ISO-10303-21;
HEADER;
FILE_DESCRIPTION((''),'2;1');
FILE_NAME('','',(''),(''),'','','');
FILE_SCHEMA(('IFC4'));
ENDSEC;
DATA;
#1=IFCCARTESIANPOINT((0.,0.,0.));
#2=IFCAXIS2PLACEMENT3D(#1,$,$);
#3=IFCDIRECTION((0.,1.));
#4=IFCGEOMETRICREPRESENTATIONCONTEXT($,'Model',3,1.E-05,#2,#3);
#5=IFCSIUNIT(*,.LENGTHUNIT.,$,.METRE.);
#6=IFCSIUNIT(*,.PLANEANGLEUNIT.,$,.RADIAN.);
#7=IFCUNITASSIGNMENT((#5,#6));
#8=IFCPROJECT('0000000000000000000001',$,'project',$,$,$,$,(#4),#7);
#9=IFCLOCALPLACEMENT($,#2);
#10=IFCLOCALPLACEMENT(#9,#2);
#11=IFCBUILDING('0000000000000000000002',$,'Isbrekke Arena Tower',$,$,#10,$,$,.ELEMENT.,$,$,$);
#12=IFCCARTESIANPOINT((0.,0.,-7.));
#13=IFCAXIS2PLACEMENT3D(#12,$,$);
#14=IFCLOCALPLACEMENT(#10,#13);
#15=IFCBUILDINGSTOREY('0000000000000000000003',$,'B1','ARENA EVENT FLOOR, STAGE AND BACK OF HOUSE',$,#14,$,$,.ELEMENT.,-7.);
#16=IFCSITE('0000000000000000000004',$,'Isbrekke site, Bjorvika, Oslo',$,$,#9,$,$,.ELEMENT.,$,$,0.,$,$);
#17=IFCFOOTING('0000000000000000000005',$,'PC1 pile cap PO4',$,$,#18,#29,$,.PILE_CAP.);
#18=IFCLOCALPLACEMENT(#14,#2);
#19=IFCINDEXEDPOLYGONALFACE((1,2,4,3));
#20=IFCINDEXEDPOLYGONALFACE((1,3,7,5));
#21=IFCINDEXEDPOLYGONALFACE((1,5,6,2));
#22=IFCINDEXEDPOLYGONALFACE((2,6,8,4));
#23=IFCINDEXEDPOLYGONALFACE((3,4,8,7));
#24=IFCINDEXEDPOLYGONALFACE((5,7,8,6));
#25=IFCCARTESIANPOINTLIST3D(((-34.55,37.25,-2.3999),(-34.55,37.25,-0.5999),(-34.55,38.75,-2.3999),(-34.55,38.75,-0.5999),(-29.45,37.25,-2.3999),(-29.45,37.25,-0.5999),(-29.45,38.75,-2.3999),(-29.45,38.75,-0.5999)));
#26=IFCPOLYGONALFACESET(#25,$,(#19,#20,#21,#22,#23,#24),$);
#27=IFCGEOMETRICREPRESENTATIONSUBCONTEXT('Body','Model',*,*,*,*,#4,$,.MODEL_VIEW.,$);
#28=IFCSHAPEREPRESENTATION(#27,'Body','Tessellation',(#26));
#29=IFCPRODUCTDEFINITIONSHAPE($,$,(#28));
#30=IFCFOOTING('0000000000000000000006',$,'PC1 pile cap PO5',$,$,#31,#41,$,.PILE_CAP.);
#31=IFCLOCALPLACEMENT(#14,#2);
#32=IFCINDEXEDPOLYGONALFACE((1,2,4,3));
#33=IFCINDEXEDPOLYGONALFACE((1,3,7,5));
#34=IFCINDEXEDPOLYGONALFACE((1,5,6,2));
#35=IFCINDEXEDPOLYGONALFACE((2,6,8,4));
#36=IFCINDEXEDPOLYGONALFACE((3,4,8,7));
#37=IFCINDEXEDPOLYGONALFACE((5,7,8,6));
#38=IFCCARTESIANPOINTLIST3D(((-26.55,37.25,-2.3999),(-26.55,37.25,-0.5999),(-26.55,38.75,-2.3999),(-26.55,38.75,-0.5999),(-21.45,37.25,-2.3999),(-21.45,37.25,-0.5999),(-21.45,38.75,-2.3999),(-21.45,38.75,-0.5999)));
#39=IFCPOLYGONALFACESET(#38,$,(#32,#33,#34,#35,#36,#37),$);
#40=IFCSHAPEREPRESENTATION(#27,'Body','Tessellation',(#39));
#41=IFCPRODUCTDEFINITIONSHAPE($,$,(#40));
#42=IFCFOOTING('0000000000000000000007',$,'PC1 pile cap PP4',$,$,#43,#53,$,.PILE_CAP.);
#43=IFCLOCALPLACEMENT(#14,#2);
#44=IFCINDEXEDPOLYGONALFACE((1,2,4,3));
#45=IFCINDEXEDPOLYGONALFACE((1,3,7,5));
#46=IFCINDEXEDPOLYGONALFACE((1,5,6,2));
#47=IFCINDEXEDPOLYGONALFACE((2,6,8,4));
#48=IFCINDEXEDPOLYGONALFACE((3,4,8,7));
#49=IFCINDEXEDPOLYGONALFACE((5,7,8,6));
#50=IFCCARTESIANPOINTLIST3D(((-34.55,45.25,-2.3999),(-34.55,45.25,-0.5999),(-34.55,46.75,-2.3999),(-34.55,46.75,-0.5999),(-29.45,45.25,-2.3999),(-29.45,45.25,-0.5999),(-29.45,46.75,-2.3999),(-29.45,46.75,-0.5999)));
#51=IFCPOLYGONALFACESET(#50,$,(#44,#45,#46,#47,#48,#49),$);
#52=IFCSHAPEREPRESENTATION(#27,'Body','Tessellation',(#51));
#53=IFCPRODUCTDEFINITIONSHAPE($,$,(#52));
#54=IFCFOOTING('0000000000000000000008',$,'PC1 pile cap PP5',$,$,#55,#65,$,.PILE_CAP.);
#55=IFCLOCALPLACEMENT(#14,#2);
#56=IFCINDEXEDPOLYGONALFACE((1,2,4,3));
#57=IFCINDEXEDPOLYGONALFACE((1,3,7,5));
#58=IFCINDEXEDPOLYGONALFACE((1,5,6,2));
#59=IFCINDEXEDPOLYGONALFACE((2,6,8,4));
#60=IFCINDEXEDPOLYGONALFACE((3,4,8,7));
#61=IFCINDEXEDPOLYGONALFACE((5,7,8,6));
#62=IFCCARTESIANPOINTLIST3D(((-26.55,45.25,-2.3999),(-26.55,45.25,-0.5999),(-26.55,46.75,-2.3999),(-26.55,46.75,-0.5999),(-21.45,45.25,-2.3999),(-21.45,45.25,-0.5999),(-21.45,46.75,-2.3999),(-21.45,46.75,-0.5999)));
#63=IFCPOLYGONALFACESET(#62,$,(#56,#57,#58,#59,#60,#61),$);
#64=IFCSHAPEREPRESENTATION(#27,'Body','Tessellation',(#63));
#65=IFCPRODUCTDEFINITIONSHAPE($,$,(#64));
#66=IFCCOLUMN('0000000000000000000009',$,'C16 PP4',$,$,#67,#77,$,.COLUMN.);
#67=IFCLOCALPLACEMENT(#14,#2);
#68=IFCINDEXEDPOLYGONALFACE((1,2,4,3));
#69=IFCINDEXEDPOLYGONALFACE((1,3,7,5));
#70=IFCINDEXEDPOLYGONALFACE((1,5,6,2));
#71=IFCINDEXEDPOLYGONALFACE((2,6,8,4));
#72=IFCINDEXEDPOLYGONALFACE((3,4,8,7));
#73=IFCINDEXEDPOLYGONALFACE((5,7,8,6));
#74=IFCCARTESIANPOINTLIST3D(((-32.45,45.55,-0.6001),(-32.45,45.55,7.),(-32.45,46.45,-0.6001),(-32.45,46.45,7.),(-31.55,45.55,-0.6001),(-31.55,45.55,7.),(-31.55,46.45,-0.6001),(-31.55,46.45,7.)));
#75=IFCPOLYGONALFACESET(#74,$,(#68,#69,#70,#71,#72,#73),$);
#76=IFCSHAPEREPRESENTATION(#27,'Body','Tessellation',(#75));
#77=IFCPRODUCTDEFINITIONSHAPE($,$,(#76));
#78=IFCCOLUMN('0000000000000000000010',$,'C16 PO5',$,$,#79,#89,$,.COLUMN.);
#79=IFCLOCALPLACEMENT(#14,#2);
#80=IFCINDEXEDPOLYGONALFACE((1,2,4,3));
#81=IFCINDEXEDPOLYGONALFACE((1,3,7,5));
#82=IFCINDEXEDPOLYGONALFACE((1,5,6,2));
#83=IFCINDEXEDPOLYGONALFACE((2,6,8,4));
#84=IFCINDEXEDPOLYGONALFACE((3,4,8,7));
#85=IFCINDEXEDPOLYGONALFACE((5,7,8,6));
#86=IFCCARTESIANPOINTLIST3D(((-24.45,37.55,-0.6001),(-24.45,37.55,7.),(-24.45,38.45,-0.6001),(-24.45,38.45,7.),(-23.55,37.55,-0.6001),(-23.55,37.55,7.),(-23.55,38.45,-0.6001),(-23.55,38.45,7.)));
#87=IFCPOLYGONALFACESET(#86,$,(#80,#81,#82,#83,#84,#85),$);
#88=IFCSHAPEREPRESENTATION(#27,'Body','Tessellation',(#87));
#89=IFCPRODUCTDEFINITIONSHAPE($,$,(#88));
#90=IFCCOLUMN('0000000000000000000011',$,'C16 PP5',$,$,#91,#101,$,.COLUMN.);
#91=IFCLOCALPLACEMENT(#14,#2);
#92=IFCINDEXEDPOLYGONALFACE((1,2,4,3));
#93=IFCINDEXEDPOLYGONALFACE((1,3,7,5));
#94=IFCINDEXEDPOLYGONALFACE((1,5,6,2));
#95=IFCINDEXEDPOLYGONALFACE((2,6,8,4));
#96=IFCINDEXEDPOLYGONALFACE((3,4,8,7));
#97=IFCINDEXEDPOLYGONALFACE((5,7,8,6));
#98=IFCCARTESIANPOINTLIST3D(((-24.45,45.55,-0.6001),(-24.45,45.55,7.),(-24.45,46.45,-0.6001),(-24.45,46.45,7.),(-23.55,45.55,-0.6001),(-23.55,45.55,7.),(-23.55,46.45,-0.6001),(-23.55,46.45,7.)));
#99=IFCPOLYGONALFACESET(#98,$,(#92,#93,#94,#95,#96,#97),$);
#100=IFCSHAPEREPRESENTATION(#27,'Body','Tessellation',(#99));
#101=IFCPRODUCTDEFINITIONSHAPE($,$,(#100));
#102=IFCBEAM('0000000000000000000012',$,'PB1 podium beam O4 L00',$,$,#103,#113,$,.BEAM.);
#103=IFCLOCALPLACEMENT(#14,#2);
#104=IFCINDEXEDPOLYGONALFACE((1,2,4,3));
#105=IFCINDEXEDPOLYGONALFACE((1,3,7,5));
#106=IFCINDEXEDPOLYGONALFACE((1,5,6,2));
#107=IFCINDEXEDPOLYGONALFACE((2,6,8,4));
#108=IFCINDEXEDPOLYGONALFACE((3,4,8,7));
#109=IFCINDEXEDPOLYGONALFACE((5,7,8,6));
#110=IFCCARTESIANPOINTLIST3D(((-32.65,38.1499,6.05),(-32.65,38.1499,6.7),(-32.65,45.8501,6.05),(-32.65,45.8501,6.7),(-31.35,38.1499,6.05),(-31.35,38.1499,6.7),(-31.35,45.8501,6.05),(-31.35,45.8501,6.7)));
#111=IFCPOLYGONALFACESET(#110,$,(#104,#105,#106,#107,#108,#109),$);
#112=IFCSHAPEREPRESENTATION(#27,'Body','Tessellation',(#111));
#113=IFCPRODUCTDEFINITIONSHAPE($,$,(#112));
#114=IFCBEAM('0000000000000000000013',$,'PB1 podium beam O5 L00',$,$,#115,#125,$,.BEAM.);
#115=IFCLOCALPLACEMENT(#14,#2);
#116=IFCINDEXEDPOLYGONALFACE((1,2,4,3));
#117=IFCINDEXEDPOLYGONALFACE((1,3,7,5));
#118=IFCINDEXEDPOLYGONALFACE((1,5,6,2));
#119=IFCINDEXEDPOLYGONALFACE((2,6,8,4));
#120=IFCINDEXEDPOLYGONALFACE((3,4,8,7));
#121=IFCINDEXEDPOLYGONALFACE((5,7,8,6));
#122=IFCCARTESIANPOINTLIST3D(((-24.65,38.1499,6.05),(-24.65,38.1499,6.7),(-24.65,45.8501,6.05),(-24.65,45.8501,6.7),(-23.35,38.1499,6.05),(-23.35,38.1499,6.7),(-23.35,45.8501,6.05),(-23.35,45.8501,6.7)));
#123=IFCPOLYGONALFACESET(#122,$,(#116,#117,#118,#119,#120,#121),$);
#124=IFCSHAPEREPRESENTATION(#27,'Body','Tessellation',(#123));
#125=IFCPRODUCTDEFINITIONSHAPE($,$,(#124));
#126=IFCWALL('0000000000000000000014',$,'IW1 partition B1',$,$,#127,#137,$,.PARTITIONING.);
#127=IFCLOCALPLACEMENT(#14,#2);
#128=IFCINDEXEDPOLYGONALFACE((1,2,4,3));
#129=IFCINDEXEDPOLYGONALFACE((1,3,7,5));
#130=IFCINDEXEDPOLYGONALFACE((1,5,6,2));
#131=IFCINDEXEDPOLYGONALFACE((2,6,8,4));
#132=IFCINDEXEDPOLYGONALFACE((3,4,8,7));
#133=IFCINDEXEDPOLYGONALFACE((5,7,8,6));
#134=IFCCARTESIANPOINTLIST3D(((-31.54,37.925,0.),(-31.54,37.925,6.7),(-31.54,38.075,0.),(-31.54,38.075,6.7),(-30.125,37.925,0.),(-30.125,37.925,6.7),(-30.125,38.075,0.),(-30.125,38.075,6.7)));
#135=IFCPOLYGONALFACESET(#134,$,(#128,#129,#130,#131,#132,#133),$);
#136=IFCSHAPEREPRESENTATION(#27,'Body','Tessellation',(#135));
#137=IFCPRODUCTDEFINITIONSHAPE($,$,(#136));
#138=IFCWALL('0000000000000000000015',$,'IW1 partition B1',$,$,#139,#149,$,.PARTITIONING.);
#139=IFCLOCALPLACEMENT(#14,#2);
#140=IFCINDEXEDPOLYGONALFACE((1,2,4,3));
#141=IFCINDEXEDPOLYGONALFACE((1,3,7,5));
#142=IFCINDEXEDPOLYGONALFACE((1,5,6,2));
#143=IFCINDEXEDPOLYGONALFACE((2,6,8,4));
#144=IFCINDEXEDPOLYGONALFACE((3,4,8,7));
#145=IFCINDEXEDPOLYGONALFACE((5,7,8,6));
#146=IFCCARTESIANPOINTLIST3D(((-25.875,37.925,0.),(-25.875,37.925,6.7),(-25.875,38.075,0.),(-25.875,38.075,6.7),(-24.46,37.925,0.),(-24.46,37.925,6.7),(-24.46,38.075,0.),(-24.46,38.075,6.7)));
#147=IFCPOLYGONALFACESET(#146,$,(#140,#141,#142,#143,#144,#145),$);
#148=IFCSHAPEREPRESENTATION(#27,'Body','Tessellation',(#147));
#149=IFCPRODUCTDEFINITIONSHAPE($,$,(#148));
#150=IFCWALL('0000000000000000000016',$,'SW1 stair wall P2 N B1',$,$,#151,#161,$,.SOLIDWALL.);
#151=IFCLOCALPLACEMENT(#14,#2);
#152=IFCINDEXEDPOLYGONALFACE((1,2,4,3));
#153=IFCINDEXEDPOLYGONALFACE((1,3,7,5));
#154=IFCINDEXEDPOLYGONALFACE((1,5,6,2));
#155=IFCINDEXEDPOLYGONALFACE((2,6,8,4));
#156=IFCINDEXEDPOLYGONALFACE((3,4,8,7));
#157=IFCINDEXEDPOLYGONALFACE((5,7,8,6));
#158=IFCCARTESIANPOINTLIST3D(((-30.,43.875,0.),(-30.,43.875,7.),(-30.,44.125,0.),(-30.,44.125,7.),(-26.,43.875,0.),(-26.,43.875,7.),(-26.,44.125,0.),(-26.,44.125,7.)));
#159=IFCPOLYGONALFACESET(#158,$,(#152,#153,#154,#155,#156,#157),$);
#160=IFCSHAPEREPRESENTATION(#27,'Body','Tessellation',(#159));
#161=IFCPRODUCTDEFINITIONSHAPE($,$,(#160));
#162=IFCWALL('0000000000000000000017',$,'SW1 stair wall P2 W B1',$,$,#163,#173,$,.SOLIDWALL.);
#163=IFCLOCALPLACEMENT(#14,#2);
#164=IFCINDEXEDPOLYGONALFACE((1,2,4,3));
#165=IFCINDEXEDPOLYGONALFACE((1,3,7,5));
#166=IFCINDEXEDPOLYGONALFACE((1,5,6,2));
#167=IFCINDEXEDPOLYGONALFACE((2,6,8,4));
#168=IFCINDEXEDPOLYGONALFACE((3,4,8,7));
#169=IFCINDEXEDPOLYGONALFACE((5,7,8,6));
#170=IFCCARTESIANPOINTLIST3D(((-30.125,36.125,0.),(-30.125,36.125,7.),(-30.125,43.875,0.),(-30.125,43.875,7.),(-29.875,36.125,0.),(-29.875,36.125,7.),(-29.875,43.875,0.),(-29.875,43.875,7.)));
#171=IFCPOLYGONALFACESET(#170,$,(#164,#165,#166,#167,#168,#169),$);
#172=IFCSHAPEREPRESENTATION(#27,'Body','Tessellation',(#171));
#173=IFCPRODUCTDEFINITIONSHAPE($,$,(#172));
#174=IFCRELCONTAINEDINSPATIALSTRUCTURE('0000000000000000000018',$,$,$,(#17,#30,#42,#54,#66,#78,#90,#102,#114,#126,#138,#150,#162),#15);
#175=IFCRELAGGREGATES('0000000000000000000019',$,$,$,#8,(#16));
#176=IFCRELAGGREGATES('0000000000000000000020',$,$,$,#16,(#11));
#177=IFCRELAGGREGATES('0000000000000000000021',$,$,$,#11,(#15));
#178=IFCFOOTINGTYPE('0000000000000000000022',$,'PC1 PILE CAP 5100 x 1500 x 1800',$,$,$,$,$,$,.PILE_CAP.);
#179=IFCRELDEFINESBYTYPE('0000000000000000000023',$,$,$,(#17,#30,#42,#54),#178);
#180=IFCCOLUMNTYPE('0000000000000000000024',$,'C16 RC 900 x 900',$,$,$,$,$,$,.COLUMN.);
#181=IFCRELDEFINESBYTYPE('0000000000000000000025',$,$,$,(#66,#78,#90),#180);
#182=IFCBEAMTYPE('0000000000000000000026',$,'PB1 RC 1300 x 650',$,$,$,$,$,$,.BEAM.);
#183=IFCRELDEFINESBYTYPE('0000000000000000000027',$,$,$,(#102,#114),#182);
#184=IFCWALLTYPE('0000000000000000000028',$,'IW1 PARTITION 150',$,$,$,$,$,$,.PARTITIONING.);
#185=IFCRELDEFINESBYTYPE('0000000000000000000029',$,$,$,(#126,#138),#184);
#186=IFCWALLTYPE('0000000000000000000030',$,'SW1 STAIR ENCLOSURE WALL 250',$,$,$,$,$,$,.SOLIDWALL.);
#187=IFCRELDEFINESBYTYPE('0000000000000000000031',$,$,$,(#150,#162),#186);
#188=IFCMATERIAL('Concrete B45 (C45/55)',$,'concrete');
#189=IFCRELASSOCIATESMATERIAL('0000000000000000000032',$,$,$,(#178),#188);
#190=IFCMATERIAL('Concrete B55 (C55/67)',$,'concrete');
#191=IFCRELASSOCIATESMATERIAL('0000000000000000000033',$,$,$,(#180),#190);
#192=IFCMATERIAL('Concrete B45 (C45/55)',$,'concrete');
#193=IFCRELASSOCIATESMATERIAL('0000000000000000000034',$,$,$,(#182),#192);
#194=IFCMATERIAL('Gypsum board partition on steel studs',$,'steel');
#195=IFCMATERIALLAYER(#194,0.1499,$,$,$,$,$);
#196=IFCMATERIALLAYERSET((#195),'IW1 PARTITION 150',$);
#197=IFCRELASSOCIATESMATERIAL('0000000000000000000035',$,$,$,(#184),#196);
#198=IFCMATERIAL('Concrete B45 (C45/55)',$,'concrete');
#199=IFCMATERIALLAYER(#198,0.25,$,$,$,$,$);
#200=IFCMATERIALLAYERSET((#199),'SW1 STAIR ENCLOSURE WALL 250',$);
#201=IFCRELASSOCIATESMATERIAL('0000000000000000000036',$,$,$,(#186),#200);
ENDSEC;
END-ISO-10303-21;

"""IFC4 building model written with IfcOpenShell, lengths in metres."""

from ifc_helpers import new_model, si_unit, direction, frame, frame_2d, origin, origin_2d, place, context, subcontext, project, spatial, rectangle, extrude, material, layer, layer_set, material_profile, profile_set, type_object, element, save


model = new_model("IFC4")

# Units and contexts
model_context = context("Model", 3, precision=1e-05, world=origin(), true_north=direction((0.0, 1.0)))
body_context = subcontext(model_context, "Body", "Model", "MODEL_VIEW")
ifc_project = project(units=[si_unit("LENGTHUNIT", "METRE"), si_unit("PLANEANGLEUNIT", "RADIAN")], contexts=[model_context])

# Site, building, storey
site_placement = place(None, origin())
site = spatial("IfcSite", under=ifc_project, at=site_placement, Name="Isbrekke site, Bjorvika, Oslo", CompositionType="ELEMENT", RefElevation=0.0)
building_placement = place(site_placement, origin())
building = spatial("IfcBuilding", under=site, at=building_placement, Name="Isbrekke Arena Tower", CompositionType="ELEMENT")
storey_placement = place(building_placement, frame((0.0, 0.0, -7.0)))
storey = spatial("IfcBuildingStorey", under=building, at=storey_placement, Name="B1", Description="ARENA EVENT FLOOR, STAGE AND BACK OF HOUSE", CompositionType="ELEMENT", Elevation=-7.0)

# Footings
ifc_material_1 = material(Name="Concrete B45 (C45/55)", Category="concrete")
footing_type = type_object("IfcFootingType", Name="PC1 PILE CAP 5100 x 1500 x 1800", PredefinedType="PILE_CAP", material=ifc_material_1)
for number, where, z_axis, x_axis, name in (
    (1, (-32.0, 38.0, -2.3999), (0.0, 0.0, 1.0), (1.0, 0.0, 0.0), "PC1 pile cap PO4"),
    (2, (-24.0, 38.0, -2.3999), (0.0, 0.0, 1.0), (1.0, 0.0, 0.0), "PC1 pile cap PO5"),
    (3, (-32.0, 46.0, -2.3999), (0.0, 0.0, 1.0), (1.0, 0.0, 0.0), "PC1 pile cap PP4"),
    (4, (-24.0, 46.0, -2.3999), (0.0, 0.0, 1.0), (1.0, 0.0, 0.0), "PC1 pile cap PP5"),
):
    element("IfcFooting", number, at=place(storey_placement, frame(where, z_axis=z_axis, x_axis=x_axis)), inside=storey, type_object=footing_type, Name=name, PredefinedType="PILE_CAP", context=body_context, shape_type="SweptSolid", body=[
        extrude(rectangle(XDim=5.1001, YDim=1.5, at=origin_2d()), origin(), (0.0, 0.0, 1.0), 1.8),
    ])

# Columns
ifc_material_2 = material(Name="Concrete B55 (C55/67)", Category="concrete")
ifc_material_profile_1 = material_profile(ifc_material_2, rectangle(XDim=0.8999, YDim=0.8999, at=origin_2d()), Name="RC 900x900")
ifc_profile_set_1 = profile_set([ifc_material_profile_1], Name="Concrete B55 (C55/67)")
column_type = type_object("IfcColumnType", Name="C16 RC 900 x 900", PredefinedType="COLUMN", material=ifc_profile_set_1)
for number, where, z_axis, x_axis, name in (
    (5, (-32.0, 46.0, -0.6001), (0.0, 0.0, 1.0), (1.0, 0.0, 0.0), "C16 PP4"),
    (6, (-24.0, 38.0, -0.6001), (0.0, 0.0, 1.0), (1.0, 0.0, 0.0), "C16 PO5"),
    (7, (-24.0, 46.0, -0.6001), (0.0, 0.0, 1.0), (1.0, 0.0, 0.0), "C16 PP5"),
):
    element("IfcColumn", number, at=place(storey_placement, frame(where, z_axis=z_axis, x_axis=x_axis)), inside=storey, type_object=column_type, Name=name, PredefinedType="COLUMN", context=body_context, shape_type="SweptSolid", body=[
        extrude(rectangle(XDim=0.8999, YDim=0.8999, at=origin_2d()), origin(), (0.0, 0.0, 1.0), 7.6001),
    ])

# Beams
ifc_material_3 = material(Name="Concrete B45 (C45/55)", Category="concrete")
ifc_material_profile_2 = material_profile(ifc_material_3, rectangle(XDim=1.3, YDim=0.6499, at=origin_2d()), Name="RC 1300x650")
ifc_profile_set_2 = profile_set([ifc_material_profile_2], Name="Concrete B45 (C45/55)")
beam_type = type_object("IfcBeamType", Name="PB1 RC 1300 x 650", PredefinedType="BEAM", material=ifc_profile_set_2)
for number, where, z_axis, x_axis, name in (
    (8, (-32.0, 38.1499, 6.375), (0.0, 1.0, 0.0), (-1.0, 0.0, 0.0), "PB1 podium beam O4 L00"),
    (9, (-24.0, 38.1499, 6.375), (0.0, 1.0, 0.0), (-1.0, 0.0, 0.0), "PB1 podium beam O5 L00"),
):
    element("IfcBeam", number, at=place(storey_placement, frame(where, z_axis=z_axis, x_axis=x_axis)), inside=storey, type_object=beam_type, Name=name, PredefinedType="BEAM", context=body_context, shape_type="SweptSolid", body=[
        extrude(rectangle(XDim=1.3, YDim=0.6499, at=origin_2d()), origin(), (0.0, 0.0, 1.0), 7.7002),
    ])

# Walls
ifc_material_4 = material(Name="Gypsum board partition on steel studs", Category="steel")
ifc_layer_1 = layer(ifc_material_4, 0.1499)
ifc_layer_set_1 = layer_set([ifc_layer_1], Name="IW1 PARTITION 150")
wall_type_1 = type_object("IfcWallType", Name="IW1 PARTITION 150", PredefinedType="PARTITIONING", material=ifc_layer_set_1)
for number, where, z_axis, x_axis, name in (
    (10, (-31.54, 38.0, 0.0), (0.0, 0.0, 1.0), (1.0, 0.0, 0.0), "IW1 partition B1"),
    (11, (-25.875, 38.0, 0.0), (0.0, 0.0, 1.0), (1.0, 0.0, 0.0), "IW1 partition B1"),
):
    element("IfcWall", number, at=place(storey_placement, frame(where, z_axis=z_axis, x_axis=x_axis)), inside=storey, type_object=wall_type_1, Name=name, PredefinedType="PARTITIONING", context=body_context, shape_type="SweptSolid", body=[
        extrude(rectangle(XDim=1.415, YDim=0.1499, at=frame_2d((0.7075, 0.0))), origin(), (0.0, 0.0, 1.0), 6.7),
    ])
ifc_material_5 = material(Name="Concrete B45 (C45/55)", Category="concrete")
ifc_layer_2 = layer(ifc_material_5, 0.25)
ifc_layer_set_2 = layer_set([ifc_layer_2], Name="SW1 STAIR ENCLOSURE WALL 250")
wall_type_2 = type_object("IfcWallType", Name="SW1 STAIR ENCLOSURE WALL 250", PredefinedType="SOLIDWALL", material=ifc_layer_set_2)
wall_1_placement = place(storey_placement, frame((-26.0, 44.0, 0.0), z_axis=(0.0, 0.0, 1.0), x_axis=(-1.0, 0.0, 0.0)))
element("IfcWall", 12, at=wall_1_placement, inside=storey, type_object=wall_type_2, Name="SW1 stair wall P2 N B1", PredefinedType="SOLIDWALL", context=body_context, shape_type="SweptSolid", body=[
    extrude(rectangle(XDim=4.0, YDim=0.25, at=frame_2d((2.0, 0.0))), origin(), (0.0, 0.0, 1.0), 7.0),
])
wall_2_placement = place(storey_placement, frame((-30.0, 43.875, 0.0), z_axis=(0.0, 0.0, 1.0), x_axis=(0.0, -1.0, 0.0)))
element("IfcWall", 13, at=wall_2_placement, inside=storey, type_object=wall_type_2, Name="SW1 stair wall P2 W B1", PredefinedType="SOLIDWALL", context=body_context, shape_type="SweptSolid", body=[
    extrude(rectangle(XDim=7.75, YDim=0.25, at=frame_2d((3.875, 0.0))), origin(), (0.0, 0.0, 1.0), 7.0),
])

save(model, "model.ifc")
